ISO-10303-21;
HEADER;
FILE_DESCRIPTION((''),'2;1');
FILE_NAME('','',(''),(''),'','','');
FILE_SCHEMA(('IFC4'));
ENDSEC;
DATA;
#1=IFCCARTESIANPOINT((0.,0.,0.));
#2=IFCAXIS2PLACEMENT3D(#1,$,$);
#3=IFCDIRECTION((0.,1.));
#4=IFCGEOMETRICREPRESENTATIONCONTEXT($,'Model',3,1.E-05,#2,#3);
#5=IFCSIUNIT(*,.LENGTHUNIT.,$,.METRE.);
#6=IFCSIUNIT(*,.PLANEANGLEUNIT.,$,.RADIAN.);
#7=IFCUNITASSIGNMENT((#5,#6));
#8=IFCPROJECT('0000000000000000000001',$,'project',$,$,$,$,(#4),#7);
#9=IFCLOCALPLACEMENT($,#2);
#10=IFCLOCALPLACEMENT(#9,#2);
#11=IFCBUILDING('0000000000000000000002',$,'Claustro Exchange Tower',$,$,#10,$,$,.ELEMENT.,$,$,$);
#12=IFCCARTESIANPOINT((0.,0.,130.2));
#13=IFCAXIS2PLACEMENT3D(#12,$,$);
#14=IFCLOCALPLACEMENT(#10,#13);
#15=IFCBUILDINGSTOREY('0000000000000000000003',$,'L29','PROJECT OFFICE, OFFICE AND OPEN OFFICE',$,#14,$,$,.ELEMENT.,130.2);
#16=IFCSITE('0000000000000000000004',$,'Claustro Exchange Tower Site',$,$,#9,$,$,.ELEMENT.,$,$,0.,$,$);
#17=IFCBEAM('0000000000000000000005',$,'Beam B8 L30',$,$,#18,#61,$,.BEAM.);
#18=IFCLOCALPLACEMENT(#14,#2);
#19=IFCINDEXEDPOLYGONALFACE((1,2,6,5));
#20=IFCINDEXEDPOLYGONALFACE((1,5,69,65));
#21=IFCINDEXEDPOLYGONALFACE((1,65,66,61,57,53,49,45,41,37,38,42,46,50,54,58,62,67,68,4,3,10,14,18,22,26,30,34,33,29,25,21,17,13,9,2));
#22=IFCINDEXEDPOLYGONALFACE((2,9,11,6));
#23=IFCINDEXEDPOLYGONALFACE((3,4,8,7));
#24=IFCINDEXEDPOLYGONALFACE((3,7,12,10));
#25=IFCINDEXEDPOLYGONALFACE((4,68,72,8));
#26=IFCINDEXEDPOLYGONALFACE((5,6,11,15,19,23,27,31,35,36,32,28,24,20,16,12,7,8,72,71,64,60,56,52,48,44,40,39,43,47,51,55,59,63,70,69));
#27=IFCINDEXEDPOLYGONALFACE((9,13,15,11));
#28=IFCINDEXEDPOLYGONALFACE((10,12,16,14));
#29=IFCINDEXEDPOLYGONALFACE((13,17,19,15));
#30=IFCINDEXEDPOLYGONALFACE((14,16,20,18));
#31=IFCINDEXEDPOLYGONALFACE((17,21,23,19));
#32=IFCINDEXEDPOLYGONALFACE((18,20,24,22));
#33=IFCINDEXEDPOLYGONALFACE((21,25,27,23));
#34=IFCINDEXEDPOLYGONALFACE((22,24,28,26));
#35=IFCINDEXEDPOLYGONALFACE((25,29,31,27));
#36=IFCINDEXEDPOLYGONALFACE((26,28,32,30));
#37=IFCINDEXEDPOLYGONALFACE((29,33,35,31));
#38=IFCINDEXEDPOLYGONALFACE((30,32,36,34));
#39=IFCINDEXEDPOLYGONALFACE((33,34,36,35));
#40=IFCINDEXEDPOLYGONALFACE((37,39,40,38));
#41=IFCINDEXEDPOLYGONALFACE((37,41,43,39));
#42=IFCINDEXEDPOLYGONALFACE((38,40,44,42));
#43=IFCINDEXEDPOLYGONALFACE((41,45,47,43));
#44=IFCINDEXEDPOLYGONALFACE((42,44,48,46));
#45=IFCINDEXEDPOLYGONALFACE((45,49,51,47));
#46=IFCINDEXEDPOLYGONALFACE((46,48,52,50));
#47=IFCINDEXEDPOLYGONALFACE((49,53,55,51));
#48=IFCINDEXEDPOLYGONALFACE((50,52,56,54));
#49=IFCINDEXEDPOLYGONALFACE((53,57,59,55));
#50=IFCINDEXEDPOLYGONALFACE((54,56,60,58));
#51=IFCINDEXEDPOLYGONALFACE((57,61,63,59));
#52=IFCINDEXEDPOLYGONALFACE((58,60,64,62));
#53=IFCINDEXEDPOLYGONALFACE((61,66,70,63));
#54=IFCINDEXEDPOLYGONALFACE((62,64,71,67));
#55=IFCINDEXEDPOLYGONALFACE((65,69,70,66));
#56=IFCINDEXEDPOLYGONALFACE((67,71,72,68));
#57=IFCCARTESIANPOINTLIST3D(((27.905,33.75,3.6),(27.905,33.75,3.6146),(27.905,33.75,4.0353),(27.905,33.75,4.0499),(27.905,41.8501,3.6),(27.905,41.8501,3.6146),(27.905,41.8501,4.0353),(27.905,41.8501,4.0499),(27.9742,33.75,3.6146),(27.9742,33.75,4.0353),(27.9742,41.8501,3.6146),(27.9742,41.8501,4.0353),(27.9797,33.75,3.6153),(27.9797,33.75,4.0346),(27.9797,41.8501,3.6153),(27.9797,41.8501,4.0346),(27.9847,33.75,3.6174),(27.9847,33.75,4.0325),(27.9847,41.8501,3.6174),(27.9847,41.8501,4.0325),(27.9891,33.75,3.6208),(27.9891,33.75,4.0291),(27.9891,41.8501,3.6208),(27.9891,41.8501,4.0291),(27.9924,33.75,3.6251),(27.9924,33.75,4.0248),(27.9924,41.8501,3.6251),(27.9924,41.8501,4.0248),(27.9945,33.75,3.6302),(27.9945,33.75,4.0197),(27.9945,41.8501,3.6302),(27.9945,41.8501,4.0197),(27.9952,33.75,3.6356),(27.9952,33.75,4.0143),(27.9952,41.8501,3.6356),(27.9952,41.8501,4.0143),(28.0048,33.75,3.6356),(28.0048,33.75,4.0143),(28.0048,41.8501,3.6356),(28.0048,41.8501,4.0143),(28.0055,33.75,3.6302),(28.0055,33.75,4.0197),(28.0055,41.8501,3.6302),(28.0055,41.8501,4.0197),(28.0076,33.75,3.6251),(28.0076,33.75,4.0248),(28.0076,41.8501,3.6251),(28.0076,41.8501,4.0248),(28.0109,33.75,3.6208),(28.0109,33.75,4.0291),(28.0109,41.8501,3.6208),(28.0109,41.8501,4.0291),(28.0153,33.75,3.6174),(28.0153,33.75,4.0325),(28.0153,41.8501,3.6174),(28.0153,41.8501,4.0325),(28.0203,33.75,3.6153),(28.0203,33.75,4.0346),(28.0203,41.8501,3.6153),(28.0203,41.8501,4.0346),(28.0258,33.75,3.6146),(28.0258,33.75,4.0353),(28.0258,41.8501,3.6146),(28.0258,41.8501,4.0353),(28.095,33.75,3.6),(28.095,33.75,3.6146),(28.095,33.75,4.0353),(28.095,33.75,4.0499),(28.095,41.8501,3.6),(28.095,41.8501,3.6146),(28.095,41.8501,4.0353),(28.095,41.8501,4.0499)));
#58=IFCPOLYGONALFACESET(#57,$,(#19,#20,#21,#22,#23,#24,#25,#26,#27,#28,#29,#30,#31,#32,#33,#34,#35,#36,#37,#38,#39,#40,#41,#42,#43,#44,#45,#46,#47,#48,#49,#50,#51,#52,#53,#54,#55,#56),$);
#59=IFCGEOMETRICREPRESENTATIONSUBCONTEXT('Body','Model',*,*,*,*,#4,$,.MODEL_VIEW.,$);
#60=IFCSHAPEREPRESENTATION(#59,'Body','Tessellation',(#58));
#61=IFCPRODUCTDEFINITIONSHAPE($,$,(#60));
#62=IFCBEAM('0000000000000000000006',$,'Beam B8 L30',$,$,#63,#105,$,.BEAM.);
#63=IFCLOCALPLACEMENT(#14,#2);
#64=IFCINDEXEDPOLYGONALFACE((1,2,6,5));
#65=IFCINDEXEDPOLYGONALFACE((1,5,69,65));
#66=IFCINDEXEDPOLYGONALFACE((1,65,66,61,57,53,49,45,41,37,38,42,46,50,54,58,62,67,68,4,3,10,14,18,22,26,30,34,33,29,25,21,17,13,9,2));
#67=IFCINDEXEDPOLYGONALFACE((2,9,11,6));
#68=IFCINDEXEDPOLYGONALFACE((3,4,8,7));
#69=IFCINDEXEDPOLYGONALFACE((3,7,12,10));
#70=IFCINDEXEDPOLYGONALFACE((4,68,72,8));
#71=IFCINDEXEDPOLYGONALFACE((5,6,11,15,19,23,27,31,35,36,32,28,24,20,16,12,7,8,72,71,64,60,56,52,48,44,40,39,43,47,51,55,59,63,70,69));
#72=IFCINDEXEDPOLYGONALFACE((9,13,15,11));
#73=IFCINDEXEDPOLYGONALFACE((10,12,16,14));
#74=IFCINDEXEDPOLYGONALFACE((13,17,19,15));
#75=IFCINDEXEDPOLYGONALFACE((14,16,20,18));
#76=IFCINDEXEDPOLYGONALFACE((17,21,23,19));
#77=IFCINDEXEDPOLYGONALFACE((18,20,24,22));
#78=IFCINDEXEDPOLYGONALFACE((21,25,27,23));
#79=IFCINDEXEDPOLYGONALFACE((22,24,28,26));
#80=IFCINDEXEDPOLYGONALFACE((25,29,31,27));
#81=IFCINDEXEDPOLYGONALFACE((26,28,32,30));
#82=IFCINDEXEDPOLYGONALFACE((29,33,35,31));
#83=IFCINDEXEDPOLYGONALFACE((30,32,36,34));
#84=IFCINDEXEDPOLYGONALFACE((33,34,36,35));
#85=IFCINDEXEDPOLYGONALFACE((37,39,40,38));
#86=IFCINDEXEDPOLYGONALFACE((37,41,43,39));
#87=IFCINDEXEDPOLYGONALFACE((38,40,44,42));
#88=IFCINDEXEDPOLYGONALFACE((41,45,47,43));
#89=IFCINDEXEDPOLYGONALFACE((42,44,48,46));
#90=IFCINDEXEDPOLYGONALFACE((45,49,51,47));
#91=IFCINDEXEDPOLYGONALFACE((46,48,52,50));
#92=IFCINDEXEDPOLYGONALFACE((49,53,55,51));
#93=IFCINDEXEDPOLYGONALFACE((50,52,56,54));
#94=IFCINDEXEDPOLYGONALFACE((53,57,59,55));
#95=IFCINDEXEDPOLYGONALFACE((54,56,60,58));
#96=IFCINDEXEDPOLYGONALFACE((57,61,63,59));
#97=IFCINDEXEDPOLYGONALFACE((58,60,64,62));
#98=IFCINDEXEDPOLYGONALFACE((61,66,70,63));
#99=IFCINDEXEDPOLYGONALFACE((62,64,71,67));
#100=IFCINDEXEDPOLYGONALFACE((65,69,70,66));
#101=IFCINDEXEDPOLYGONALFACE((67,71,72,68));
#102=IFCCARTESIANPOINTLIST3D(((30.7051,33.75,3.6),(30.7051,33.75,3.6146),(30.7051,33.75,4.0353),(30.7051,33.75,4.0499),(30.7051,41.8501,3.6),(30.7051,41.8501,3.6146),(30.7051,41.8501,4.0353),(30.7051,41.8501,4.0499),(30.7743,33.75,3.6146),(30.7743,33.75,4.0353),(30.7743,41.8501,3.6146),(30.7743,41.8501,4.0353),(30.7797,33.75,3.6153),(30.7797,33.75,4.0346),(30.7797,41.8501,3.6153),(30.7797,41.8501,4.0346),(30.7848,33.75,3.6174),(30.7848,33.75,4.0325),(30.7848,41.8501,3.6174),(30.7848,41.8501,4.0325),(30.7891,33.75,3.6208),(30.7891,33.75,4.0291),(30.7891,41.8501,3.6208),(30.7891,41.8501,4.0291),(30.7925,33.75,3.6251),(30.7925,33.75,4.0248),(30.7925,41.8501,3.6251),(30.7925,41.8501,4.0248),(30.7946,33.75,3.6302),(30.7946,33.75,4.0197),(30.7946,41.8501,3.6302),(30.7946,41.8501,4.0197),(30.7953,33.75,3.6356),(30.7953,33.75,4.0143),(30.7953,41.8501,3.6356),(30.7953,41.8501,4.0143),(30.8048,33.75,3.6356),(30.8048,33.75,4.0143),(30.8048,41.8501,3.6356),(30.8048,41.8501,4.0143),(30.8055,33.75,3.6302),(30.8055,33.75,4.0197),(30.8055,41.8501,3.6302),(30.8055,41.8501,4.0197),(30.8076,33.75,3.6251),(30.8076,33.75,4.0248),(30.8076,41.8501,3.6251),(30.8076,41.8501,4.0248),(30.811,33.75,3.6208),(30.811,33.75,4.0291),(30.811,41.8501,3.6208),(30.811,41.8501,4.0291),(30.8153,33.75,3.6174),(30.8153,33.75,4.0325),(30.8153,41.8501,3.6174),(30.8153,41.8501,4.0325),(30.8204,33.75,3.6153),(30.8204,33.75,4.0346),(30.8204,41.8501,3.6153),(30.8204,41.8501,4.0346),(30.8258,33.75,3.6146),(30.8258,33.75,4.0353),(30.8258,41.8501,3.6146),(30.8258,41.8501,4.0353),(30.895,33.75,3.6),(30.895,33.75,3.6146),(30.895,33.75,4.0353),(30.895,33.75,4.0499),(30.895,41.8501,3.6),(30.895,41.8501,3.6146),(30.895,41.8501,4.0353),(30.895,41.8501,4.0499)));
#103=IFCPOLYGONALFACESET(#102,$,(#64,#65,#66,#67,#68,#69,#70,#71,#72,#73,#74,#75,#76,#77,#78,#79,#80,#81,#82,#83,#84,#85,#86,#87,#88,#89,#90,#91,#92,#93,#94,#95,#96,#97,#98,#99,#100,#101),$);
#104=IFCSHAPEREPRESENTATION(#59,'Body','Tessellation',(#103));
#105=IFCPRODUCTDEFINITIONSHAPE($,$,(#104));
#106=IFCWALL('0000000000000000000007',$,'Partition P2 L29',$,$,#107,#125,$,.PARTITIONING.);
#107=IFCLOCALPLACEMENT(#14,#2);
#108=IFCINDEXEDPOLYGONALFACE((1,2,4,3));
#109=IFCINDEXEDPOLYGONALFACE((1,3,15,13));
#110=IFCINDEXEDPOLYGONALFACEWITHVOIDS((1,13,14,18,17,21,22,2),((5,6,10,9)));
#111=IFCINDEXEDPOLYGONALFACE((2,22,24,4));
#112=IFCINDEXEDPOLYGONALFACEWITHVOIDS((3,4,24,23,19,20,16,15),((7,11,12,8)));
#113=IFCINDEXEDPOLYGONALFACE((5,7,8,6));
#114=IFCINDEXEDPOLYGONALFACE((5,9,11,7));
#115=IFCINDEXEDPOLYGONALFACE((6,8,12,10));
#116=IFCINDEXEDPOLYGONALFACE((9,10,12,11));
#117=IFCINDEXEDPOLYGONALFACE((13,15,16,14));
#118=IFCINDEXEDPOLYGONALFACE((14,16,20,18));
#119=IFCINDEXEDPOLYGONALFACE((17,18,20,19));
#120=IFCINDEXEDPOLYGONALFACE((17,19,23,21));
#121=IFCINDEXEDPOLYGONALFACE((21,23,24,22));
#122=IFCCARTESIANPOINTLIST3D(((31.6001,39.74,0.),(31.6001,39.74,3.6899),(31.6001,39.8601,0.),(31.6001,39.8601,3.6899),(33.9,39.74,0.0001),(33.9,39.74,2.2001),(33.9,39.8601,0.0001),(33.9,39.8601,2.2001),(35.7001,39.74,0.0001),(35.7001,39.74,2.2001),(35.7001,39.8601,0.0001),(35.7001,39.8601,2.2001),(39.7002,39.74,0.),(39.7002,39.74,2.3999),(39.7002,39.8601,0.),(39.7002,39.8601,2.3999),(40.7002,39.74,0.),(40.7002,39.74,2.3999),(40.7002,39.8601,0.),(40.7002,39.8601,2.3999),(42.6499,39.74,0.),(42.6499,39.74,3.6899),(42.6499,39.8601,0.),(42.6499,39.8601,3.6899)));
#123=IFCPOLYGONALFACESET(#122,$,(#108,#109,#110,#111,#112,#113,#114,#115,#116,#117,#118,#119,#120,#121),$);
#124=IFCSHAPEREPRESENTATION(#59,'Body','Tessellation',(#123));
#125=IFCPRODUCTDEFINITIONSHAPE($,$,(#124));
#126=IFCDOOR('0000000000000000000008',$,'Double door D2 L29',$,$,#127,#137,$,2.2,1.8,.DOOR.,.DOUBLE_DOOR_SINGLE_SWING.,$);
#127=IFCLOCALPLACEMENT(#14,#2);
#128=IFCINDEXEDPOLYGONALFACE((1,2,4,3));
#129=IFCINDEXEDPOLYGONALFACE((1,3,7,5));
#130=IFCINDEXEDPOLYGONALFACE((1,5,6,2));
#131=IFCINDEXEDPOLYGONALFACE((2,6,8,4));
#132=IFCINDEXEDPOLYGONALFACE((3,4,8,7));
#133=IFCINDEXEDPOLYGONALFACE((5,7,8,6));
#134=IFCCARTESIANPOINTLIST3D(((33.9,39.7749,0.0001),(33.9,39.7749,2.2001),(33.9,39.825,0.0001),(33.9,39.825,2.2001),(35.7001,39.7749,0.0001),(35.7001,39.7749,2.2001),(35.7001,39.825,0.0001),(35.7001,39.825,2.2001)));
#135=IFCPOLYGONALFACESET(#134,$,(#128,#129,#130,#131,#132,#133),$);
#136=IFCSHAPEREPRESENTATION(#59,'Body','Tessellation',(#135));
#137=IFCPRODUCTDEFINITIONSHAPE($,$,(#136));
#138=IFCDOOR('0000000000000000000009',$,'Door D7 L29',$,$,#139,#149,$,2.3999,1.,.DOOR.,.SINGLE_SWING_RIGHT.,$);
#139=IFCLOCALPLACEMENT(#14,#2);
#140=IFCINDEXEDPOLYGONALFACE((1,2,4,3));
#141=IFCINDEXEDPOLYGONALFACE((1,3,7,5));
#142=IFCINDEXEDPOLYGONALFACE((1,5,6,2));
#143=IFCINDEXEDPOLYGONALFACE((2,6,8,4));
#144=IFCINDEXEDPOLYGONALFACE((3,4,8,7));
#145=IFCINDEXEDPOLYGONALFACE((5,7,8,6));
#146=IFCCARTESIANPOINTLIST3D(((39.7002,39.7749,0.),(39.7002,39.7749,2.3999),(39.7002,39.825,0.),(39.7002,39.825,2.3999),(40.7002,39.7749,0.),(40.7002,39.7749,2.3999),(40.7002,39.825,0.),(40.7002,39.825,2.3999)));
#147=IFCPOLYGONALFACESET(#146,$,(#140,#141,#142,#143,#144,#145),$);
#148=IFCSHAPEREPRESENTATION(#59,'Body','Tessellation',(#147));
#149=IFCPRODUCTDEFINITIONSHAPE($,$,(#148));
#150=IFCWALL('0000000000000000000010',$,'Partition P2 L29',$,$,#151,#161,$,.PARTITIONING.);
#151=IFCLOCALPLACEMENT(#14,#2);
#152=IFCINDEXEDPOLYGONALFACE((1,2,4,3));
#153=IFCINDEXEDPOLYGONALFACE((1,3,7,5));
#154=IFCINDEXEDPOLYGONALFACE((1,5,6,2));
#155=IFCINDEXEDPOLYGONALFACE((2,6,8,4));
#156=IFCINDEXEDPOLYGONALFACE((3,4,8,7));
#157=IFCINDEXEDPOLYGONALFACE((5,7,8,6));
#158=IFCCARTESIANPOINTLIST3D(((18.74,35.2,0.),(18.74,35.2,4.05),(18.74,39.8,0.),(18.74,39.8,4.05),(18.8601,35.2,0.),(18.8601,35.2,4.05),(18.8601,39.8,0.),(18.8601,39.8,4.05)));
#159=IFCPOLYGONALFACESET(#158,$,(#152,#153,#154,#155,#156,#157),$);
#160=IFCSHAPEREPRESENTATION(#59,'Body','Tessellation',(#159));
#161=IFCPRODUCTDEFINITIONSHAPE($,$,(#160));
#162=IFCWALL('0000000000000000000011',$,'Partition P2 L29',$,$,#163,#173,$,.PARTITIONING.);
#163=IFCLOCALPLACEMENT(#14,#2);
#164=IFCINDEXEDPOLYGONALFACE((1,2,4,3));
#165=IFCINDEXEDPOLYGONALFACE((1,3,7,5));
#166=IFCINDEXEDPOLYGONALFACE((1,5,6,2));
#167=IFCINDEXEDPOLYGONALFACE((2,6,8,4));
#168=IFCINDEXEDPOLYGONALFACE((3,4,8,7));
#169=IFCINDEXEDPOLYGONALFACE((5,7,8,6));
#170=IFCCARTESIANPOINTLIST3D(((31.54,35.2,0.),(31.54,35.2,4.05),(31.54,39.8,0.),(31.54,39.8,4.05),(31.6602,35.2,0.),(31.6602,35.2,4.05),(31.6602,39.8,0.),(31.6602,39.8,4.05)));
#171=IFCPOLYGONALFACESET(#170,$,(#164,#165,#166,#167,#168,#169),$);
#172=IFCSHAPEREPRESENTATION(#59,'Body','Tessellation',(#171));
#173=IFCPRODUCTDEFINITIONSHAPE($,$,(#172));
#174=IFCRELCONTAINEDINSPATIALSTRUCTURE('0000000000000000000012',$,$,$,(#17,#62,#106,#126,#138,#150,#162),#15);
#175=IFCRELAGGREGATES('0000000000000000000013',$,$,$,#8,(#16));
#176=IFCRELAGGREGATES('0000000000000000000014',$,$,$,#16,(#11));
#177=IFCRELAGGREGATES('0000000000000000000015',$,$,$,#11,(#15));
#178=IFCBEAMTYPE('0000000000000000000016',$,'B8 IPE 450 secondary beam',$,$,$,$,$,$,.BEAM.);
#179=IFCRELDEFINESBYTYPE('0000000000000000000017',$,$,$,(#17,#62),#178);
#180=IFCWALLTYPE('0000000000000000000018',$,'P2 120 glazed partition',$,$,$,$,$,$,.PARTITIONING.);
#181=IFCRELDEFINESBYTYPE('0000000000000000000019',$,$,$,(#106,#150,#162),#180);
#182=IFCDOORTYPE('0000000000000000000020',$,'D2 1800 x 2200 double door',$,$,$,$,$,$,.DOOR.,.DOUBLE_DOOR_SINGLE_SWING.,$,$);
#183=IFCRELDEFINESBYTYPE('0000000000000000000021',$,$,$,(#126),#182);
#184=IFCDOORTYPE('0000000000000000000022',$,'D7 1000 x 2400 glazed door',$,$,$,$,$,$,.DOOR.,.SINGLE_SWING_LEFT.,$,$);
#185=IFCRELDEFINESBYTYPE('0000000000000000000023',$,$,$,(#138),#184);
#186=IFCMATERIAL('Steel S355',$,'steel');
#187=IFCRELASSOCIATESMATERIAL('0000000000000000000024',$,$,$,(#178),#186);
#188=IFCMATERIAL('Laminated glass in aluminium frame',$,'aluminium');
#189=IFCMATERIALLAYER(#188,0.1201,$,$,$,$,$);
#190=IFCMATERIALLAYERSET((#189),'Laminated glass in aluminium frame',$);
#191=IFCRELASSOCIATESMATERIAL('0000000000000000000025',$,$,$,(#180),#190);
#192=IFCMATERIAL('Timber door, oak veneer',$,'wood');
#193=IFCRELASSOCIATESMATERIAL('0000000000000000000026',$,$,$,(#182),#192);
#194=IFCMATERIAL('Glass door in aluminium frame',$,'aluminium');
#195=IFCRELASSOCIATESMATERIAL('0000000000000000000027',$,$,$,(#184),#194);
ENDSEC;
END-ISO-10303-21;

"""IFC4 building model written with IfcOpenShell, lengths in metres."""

from ifc_helpers import new_model, si_unit, direction, frame, frame_2d, origin, origin_2d, place, context, subcontext, project, spatial, rectangle, i_section, extrude, material, layer, layer_set, material_profile, profile_set, type_object, element, fill, save


model = new_model("IFC4")

# Units and contexts
model_context = context("Model", 3, precision=1e-05, world=origin(), true_north=direction((0.0, 1.0)))
body_context = subcontext(model_context, "Body", "Model", "MODEL_VIEW")
ifc_project = project(units=[si_unit("LENGTHUNIT", "METRE"), si_unit("PLANEANGLEUNIT", "RADIAN")], contexts=[model_context])

# Site, building, storey
site_placement = place(None, origin())
site = spatial("IfcSite", under=ifc_project, at=site_placement, Name="Claustro Exchange Tower Site", CompositionType="ELEMENT", RefElevation=0.0)
building_placement = place(site_placement, origin())
building = spatial("IfcBuilding", under=site, at=building_placement, Name="Claustro Exchange Tower", CompositionType="ELEMENT")
storey_placement = place(building_placement, frame((0.0, 0.0, 130.2)))
storey = spatial("IfcBuildingStorey", under=building, at=storey_placement, Name="L29", Description="PROJECT OFFICE, OFFICE AND OPEN OFFICE", CompositionType="ELEMENT", Elevation=130.2)

# Beams
ifc_material_1 = material(Name="Steel S355", Category="steel")
ifc_material_profile_1 = material_profile(ifc_material_1, i_section(OverallWidth=0.1899, OverallDepth=0.45, WebThickness=0.0095, FlangeThickness=0.0146, FilletRadius=0.021, at=origin_2d()), Name="IPE 450")
ifc_profile_set_1 = profile_set([ifc_material_profile_1], Name="Steel S355")
beam_type_1 = type_object("IfcBeamType", Name="B8 IPE 450 secondary beam", PredefinedType="BEAM", material=ifc_profile_set_1)
for number, where, z_axis, x_axis, name in (
    (1, (28.0, 33.75, 3.825), (0.0, 1.0, 0.0), (-1.0, 0.0, 0.0), "Beam B8 L30"),
    (2, (30.8, 33.75, 3.825), (0.0, 1.0, 0.0), (-1.0, 0.0, 0.0), "Beam B8 L30"),
):
    element("IfcBeam", number, at=place(storey_placement, frame(where, z_axis=z_axis, x_axis=x_axis)), inside=storey, type_object=beam_type_1, Name=name, PredefinedType="BEAM", context=body_context, shape_type="SweptSolid", body=[
        extrude(i_section(OverallWidth=0.1899, OverallDepth=0.45, WebThickness=0.0095, FlangeThickness=0.0146, FilletRadius=0.021, at=origin_2d()), origin(), (0.0, 0.0, 1.0), 8.1001),
    ])

# Wall, openings, doors
ifc_material_2 = material(Name="Laminated glass in aluminium frame", Category="aluminium")
ifc_layer_1 = layer(ifc_material_2, 0.1201)
ifc_layer_set_1 = layer_set([ifc_layer_1], Name="Laminated glass in aluminium frame")
wall_type_1 = type_object("IfcWallType", Name="P2 120 glazed partition", PredefinedType="PARTITIONING", material=ifc_layer_set_1)
wall_1_placement = place(storey_placement, frame((31.6001, 39.8, 0.0), z_axis=(0.0, 0.0, 1.0), x_axis=(1.0, 0.0, 0.0)))
wall_1 = element("IfcWall", 3, at=wall_1_placement, inside=storey, type_object=wall_type_1, Name="Partition P2 L29", PredefinedType="PARTITIONING", context=body_context, shape_type="SweptSolid", body=[
    extrude(rectangle(XDim=11.0498, YDim=0.1201, at=frame_2d((5.5249, 0.0))), origin(), (0.0, 0.0, 1.0), 3.6899),
])
opening_1_placement = place(wall_1_placement, frame((2.3, 0.0, 0.0)))
opening_1 = element("IfcOpeningElement", 4, at=opening_1_placement, cuts=wall_1, PredefinedType="OPENING", context=body_context, shape_type="SweptSolid", body=[
    extrude(rectangle(XDim=1.8, YDim=2.2, at=frame_2d((0.8999, 1.1001))), frame((0.0, 0.0701, 0.0), z_axis=(0.0, -1.0, 0.0), x_axis=(1.0, 0.0, 0.0)), (0.0, 0.0, 1.0), 0.1401),
])
opening_2_placement = place(wall_1_placement, frame((8.1001, 0.0, 0.0)))
opening_2 = element("IfcOpeningElement", 5, at=opening_2_placement, cuts=wall_1, PredefinedType="OPENING", context=body_context, shape_type="SweptSolid", body=[
    extrude(rectangle(XDim=1.0, YDim=2.3999, at=frame_2d((0.5, 1.2))), frame((0.0, 0.0701, 0.0), z_axis=(0.0, -1.0, 0.0), x_axis=(1.0, 0.0, 0.0)), (0.0, 0.0, 1.0), 0.1401),
])
ifc_material_3 = material(Name="Timber door, oak veneer", Category="wood")
door_type_1 = type_object("IfcDoorType", Name="D2 1800 x 2200 double door", OperationType="DOUBLE_DOOR_SINGLE_SWING", PredefinedType="DOOR", material=ifc_material_3)
door_1_placement = place(opening_1_placement, origin())
door_1 = element("IfcDoor", 6, at=door_1_placement, inside=storey, type_object=door_type_1, Name="Double door D2 L29", OperationType="DOUBLE_DOOR_SINGLE_SWING", OverallHeight=2.2, OverallWidth=1.8, PredefinedType="DOOR", context=body_context, shape_type="SweptSolid", body=[
    extrude(rectangle(XDim=1.8, YDim=2.2, at=frame_2d((0.8999, 1.1001))), frame((0.0, 0.0249, 0.0), z_axis=(0.0, -1.0, 0.0), x_axis=(1.0, 0.0, 0.0)), (0.0, 0.0, 1.0), 0.05),
])
fill(opening_1, door_1)
ifc_material_4 = material(Name="Glass door in aluminium frame", Category="aluminium")
door_type_2 = type_object("IfcDoorType", Name="D7 1000 x 2400 glazed door", OperationType="SINGLE_SWING_LEFT", PredefinedType="DOOR", material=ifc_material_4)
door_2_placement = place(opening_2_placement, origin())
door_2 = element("IfcDoor", 7, at=door_2_placement, inside=storey, type_object=door_type_2, Name="Door D7 L29", OperationType="SINGLE_SWING_RIGHT", OverallHeight=2.3999, OverallWidth=1.0, PredefinedType="DOOR", context=body_context, shape_type="SweptSolid", body=[
    extrude(rectangle(XDim=1.0, YDim=2.3999, at=frame_2d((0.5, 1.2))), frame((0.0, 0.0249, 0.0), z_axis=(0.0, -1.0, 0.0), x_axis=(1.0, 0.0, 0.0)), (0.0, 0.0, 1.0), 0.05),
])
fill(opening_2, door_2)

# Walls
for number, where, z_axis, x_axis, name in (
    (8, (18.8, 35.2, 0.0), (0.0, 0.0, 1.0), (0.0, 1.0, 0.0), "Partition P2 L29"),
    (9, (31.6001, 35.2, 0.0), (0.0, 0.0, 1.0), (0.0, 1.0, 0.0), "Partition P2 L29"),
):
    element("IfcWall", number, at=place(storey_placement, frame(where, z_axis=z_axis, x_axis=x_axis)), inside=storey, type_object=wall_type_1, Name=name, PredefinedType="PARTITIONING", context=body_context, shape_type="SweptSolid", body=[
        extrude(rectangle(XDim=4.6001, YDim=0.1201, at=frame_2d((2.3, 0.0))), origin(), (0.0, 0.0, 1.0), 4.05),
    ])

save(model, "model.ifc")
